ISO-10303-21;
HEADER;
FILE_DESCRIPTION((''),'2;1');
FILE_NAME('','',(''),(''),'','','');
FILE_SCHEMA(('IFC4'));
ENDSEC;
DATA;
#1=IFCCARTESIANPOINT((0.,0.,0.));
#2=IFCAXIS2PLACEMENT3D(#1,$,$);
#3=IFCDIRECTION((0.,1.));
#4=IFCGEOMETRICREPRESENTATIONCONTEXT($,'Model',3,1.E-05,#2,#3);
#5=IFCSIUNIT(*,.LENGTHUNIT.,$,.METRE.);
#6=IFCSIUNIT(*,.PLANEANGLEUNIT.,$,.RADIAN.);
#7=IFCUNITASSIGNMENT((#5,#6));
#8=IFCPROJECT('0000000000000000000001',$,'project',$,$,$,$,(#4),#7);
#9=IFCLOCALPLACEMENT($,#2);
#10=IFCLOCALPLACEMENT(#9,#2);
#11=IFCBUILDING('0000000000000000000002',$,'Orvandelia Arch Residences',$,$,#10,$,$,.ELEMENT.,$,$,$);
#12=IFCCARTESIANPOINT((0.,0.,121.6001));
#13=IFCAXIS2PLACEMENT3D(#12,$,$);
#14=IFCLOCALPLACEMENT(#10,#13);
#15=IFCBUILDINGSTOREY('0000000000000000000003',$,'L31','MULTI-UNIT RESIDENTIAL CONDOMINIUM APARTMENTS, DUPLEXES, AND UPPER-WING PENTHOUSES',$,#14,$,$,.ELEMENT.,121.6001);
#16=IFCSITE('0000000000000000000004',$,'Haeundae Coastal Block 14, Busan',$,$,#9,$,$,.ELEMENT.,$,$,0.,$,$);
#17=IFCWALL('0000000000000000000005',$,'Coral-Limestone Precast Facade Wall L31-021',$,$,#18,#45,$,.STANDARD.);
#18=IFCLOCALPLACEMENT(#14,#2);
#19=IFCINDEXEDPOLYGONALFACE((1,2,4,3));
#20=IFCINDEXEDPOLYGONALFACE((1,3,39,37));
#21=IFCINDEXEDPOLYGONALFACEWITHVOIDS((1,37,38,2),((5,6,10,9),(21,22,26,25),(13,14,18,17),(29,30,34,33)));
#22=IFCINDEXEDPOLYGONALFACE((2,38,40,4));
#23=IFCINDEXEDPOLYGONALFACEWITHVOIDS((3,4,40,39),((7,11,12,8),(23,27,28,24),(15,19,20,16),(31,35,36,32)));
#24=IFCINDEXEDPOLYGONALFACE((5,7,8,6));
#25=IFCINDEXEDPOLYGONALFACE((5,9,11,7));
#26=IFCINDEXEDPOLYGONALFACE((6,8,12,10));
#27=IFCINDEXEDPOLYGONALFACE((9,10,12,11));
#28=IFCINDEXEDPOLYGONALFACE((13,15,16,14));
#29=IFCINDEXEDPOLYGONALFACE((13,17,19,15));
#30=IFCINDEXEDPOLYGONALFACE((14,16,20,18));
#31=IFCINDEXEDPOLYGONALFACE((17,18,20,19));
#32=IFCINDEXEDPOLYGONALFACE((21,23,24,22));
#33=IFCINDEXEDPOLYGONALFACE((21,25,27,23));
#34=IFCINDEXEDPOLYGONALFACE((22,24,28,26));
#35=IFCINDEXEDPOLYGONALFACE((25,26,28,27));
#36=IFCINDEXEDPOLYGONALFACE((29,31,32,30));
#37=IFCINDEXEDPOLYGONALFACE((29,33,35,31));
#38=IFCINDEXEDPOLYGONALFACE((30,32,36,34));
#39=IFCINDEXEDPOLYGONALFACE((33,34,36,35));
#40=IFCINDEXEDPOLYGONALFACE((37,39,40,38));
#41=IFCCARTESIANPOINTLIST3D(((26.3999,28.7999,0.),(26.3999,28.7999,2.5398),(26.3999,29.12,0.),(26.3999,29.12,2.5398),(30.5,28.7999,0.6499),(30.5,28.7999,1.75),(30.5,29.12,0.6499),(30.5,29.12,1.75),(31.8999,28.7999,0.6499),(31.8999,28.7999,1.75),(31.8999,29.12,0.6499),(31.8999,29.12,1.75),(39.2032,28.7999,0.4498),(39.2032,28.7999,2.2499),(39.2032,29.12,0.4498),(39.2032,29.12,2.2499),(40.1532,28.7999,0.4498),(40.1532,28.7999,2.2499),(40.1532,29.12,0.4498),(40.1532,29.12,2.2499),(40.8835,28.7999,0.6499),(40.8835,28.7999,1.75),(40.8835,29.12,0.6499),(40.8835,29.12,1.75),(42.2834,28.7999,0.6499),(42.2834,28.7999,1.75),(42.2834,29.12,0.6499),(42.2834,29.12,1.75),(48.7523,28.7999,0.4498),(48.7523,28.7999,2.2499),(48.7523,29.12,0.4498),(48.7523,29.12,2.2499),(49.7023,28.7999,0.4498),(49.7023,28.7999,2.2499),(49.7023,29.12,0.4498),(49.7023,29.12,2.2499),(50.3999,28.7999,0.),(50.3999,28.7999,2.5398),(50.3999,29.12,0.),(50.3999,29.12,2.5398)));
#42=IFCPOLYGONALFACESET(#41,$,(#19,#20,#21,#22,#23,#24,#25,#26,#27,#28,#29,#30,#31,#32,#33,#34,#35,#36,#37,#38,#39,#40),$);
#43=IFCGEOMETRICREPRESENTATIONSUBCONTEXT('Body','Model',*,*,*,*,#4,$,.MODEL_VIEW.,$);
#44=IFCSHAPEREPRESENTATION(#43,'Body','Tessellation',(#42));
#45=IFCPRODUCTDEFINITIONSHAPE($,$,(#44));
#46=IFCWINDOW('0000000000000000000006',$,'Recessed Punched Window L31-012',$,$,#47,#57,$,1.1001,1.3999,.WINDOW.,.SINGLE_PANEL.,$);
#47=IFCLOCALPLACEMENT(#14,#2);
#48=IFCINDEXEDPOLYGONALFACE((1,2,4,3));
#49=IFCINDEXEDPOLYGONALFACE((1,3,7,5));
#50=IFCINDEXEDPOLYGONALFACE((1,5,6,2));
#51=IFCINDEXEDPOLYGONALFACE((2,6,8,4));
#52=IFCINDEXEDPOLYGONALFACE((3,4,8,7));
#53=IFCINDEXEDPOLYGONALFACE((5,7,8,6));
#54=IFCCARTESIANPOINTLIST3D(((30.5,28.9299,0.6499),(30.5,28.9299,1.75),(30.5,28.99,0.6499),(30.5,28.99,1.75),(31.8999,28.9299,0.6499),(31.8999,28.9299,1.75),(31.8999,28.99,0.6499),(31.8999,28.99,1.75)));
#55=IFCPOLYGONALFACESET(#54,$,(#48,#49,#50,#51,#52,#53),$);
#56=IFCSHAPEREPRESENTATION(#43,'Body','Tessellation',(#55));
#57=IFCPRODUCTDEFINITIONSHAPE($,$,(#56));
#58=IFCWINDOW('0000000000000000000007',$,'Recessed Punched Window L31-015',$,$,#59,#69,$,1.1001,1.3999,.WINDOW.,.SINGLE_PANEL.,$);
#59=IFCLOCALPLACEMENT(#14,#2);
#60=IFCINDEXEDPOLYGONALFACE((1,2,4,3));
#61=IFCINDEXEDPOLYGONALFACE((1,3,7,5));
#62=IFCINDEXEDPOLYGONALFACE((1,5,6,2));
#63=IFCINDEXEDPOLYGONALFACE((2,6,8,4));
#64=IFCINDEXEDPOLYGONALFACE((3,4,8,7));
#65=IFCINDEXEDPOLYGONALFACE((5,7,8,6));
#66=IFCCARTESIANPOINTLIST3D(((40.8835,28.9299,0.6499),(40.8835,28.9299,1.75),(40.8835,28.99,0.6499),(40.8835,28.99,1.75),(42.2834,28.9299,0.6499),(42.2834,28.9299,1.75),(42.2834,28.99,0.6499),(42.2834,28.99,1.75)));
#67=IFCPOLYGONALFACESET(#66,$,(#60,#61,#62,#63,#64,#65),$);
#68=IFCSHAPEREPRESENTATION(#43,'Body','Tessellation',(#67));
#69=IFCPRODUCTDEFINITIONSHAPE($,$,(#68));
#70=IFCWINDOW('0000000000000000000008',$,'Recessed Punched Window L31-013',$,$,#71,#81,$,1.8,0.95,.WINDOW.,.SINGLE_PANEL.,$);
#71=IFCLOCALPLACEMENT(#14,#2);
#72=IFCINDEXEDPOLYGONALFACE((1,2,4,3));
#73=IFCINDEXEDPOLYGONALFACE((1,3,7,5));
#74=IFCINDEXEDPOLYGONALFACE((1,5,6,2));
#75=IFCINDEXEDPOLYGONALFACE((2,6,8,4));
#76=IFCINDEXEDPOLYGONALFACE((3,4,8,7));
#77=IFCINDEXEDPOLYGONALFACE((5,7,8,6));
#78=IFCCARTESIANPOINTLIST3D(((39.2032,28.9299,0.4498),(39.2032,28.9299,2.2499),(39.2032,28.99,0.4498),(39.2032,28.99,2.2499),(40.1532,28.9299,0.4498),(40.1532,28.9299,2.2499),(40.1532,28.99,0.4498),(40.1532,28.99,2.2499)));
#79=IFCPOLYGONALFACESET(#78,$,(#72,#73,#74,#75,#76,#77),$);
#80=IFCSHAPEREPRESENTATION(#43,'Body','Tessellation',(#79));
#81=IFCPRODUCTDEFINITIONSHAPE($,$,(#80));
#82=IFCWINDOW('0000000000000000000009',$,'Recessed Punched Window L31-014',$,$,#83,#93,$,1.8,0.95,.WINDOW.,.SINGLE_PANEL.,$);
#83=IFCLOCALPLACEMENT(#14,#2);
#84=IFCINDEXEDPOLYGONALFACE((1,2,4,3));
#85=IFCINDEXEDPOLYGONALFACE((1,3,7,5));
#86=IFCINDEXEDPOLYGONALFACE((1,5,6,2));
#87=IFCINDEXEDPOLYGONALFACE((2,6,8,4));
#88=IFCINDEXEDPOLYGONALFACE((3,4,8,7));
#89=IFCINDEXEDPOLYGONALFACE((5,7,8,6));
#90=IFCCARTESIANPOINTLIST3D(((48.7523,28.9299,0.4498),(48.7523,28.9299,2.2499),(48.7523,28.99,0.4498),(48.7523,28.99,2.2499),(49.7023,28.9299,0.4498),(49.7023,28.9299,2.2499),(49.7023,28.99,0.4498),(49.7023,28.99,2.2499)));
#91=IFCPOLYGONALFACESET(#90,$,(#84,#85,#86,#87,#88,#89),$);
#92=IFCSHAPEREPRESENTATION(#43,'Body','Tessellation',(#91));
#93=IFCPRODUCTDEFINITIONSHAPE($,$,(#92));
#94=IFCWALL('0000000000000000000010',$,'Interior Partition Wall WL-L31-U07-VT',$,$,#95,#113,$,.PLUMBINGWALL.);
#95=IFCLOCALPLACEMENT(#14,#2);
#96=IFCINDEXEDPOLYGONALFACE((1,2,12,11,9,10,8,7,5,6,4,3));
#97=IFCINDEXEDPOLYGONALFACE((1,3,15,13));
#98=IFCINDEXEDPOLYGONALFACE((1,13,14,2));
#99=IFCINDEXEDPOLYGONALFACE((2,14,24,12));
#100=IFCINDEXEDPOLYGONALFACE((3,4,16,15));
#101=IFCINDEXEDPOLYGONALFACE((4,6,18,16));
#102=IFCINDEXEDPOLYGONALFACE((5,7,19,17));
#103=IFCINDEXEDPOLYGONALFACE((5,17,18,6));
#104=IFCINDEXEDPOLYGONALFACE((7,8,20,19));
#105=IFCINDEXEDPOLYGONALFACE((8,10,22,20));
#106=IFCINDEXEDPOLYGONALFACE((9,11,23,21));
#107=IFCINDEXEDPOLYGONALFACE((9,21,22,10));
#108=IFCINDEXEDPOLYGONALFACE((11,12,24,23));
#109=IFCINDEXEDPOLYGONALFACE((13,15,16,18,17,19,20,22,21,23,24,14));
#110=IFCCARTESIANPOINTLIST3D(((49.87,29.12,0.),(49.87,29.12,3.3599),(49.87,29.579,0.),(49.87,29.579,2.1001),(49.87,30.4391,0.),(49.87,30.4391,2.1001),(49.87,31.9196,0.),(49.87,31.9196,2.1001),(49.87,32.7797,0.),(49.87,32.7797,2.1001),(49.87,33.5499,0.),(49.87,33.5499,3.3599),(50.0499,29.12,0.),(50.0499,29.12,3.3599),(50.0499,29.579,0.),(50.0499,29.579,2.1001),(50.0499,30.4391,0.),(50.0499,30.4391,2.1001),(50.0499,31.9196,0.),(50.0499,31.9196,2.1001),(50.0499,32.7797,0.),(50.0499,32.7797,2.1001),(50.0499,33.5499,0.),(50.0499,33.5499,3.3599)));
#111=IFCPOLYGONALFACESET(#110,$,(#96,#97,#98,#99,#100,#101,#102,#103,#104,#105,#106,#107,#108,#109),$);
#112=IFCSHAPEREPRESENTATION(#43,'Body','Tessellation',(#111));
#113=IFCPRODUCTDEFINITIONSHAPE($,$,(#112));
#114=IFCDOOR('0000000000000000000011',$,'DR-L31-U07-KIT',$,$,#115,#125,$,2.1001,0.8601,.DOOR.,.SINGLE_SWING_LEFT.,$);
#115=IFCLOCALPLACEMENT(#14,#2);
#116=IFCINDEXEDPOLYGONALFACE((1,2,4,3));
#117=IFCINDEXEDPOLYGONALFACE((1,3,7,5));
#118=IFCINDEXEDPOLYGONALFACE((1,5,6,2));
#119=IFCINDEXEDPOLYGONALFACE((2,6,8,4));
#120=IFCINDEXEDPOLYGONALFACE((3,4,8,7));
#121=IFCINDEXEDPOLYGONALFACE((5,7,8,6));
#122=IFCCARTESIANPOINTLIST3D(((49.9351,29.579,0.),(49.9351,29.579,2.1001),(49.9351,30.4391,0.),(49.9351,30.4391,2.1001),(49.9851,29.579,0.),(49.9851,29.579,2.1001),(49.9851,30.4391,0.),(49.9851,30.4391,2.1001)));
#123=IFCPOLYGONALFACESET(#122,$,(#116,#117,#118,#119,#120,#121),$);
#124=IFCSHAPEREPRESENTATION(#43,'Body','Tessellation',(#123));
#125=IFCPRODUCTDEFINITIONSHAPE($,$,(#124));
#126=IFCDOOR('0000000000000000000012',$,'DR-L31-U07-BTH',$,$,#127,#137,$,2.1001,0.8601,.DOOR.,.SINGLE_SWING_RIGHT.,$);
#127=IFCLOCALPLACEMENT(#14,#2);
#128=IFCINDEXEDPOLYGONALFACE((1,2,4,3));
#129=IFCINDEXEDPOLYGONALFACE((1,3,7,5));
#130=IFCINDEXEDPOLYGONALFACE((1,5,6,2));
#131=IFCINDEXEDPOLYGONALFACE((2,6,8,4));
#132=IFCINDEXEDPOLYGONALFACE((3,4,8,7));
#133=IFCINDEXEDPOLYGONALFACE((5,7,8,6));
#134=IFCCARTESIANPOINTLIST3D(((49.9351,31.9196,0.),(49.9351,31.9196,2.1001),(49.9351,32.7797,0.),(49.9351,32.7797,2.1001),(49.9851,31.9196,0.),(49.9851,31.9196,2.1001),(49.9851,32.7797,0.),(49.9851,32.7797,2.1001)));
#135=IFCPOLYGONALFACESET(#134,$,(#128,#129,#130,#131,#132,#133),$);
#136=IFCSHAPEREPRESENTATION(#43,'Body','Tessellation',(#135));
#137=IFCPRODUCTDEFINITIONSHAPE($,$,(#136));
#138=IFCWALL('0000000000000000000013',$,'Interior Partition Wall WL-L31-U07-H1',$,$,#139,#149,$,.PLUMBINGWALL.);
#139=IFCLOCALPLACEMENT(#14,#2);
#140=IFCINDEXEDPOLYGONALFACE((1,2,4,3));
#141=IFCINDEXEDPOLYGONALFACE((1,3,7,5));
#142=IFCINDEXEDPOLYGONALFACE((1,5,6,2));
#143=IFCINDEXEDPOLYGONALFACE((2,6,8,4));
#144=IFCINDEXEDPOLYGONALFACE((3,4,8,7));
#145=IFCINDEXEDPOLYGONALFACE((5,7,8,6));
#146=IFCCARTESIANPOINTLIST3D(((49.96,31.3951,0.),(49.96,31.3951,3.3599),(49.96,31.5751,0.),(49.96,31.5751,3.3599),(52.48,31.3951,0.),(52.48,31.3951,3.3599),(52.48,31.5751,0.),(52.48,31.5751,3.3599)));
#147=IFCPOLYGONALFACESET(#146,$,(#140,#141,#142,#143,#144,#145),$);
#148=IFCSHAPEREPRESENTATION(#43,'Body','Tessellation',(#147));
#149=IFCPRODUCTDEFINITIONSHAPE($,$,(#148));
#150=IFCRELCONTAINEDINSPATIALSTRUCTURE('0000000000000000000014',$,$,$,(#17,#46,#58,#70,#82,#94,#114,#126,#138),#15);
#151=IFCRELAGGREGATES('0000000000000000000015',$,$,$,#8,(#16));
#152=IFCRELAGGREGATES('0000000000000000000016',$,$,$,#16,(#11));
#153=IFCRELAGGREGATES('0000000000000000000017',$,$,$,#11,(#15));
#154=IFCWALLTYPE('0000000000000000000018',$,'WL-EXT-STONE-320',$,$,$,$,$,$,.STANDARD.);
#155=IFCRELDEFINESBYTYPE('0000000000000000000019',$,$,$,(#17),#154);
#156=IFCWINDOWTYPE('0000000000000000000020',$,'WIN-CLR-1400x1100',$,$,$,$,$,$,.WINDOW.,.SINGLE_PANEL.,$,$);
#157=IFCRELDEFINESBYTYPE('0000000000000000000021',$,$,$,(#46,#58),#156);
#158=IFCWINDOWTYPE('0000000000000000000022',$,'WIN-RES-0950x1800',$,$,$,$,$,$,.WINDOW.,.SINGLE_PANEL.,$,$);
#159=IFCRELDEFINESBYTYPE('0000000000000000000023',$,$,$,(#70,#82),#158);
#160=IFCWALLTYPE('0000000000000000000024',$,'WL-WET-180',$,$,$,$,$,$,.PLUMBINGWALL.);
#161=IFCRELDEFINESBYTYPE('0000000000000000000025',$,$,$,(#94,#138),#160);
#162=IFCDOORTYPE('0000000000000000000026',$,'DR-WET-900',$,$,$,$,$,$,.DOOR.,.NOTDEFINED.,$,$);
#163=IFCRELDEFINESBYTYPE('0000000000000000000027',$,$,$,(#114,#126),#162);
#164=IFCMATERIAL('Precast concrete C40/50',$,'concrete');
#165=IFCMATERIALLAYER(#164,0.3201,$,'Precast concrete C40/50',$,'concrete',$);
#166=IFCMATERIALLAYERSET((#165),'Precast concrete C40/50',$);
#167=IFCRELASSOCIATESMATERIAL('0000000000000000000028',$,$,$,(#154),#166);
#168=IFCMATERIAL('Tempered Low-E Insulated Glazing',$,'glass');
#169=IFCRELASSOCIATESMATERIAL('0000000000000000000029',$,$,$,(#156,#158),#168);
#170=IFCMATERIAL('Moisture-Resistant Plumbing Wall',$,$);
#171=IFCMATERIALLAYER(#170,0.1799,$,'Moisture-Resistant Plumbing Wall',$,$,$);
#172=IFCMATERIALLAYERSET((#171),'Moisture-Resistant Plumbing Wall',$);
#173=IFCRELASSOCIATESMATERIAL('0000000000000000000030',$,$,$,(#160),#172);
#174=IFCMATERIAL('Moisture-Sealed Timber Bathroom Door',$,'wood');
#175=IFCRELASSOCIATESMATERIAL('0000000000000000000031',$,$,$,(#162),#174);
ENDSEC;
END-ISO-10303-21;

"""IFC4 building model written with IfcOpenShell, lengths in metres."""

from ifc_helpers import new_model, si_unit, direction, frame, frame_2d, origin, place, context, subcontext, project, spatial, rectangle, extrude, material, layer, layer_set, type_object, element, fill, save


model = new_model("IFC4")

# Units and contexts
model_context = context("Model", 3, precision=1e-05, world=origin(), true_north=direction((0.0, 1.0)))
body_context = subcontext(model_context, "Body", "Model", "MODEL_VIEW")
ifc_project = project(units=[si_unit("LENGTHUNIT", "METRE"), si_unit("PLANEANGLEUNIT", "RADIAN")], contexts=[model_context])

# Site, building, storey
site_placement = place(None, origin())
site = spatial("IfcSite", under=ifc_project, at=site_placement, Name="Haeundae Coastal Block 14, Busan", CompositionType="ELEMENT", RefElevation=0.0)
building_placement = place(site_placement, origin())
building = spatial("IfcBuilding", under=site, at=building_placement, Name="Orvandelia Arch Residences", CompositionType="ELEMENT")
storey_placement = place(building_placement, frame((0.0, 0.0, 121.6001)))
storey = spatial("IfcBuildingStorey", under=building, at=storey_placement, Name="L31", Description="MULTI-UNIT RESIDENTIAL CONDOMINIUM APARTMENTS, DUPLEXES, AND UPPER-WING PENTHOUSES", CompositionType="ELEMENT", Elevation=121.6001)

# Shared definitions
ifc_material_1 = material(Name="Precast concrete C40/50", Category="concrete")
ifc_layer_1 = layer(ifc_material_1, 0.3201, Name="Precast concrete C40/50", Category="concrete")
ifc_layer_set_1 = layer_set([ifc_layer_1], Name="Precast concrete C40/50")
wall_type_1 = type_object("IfcWallType", Name="WL-EXT-STONE-320", PredefinedType="STANDARD", material=ifc_layer_set_1)

# Wall, openings, windows
wall_1_placement = place(storey_placement, frame((50.3999, 28.96, 0.0), z_axis=(0.0, 0.0, 1.0), x_axis=(-1.0, 0.0, 0.0)))
wall_1 = element("IfcWall", 1, at=wall_1_placement, inside=storey, type_object=wall_type_1, Name="Coral-Limestone Precast Facade Wall L31-021", PredefinedType="STANDARD", context=body_context, shape_type="SweptSolid", body=[
    extrude(rectangle(XDim=24.0, YDim=0.3201, at=frame_2d((12.0, 0.0))), origin(), (0.0, 0.0, 1.0), 2.5398),
])
opening_1_placement = place(wall_1_placement, frame((18.5, 0.0, 0.6499)))
opening_1 = element("IfcOpeningElement", 2, at=opening_1_placement, cuts=wall_1, PredefinedType="OPENING", context=body_context, shape_type="SweptSolid", body=[
    extrude(rectangle(XDim=1.3999, YDim=1.1001, at=frame_2d((0.7, 0.55))), frame((0.0, 0.1699, 0.0), z_axis=(0.0, -1.0, 0.0), x_axis=(1.0, 0.0, 0.0)), (0.0, 0.0, 1.0), 0.3401),
])
opening_2_placement = place(wall_1_placement, frame((10.2466, 0.0, 0.45)))
opening_2 = element("IfcOpeningElement", 3, at=opening_2_placement, cuts=wall_1, PredefinedType="OPENING", context=body_context, shape_type="SweptSolid", body=[
    extrude(rectangle(XDim=0.95, YDim=1.8, at=frame_2d((0.4751, 0.8999))), frame((0.0, 0.1699, 0.0), z_axis=(0.0, -1.0, 0.0), x_axis=(1.0, 0.0, 0.0)), (0.0, 0.0, 1.0), 0.3401),
])
opening_3_placement = place(wall_1_placement, frame((0.6975, 0.0, 0.45)))
opening_3 = element("IfcOpeningElement", 4, at=opening_3_placement, cuts=wall_1, PredefinedType="OPENING", context=body_context, shape_type="SweptSolid", body=[
    extrude(rectangle(XDim=0.95, YDim=1.8, at=frame_2d((0.4751, 0.8999))), frame((0.0, 0.1699, 0.0), z_axis=(0.0, -1.0, 0.0), x_axis=(1.0, 0.0, 0.0)), (0.0, 0.0, 1.0), 0.3401),
])
opening_4_placement = place(wall_1_placement, frame((8.1165, 0.0, 0.6499)))
opening_4 = element("IfcOpeningElement", 5, at=opening_4_placement, cuts=wall_1, PredefinedType="OPENING", context=body_context, shape_type="SweptSolid", body=[
    extrude(rectangle(XDim=1.3999, YDim=1.1001, at=frame_2d((0.7, 0.55))), frame((0.0, 0.1699, 0.0), z_axis=(0.0, -1.0, 0.0), x_axis=(1.0, 0.0, 0.0)), (0.0, 0.0, 1.0), 0.3401),
])
ifc_material_2 = material(Name="Tempered Low-E Insulated Glazing", Category="glass")
window_type_1 = type_object("IfcWindowType", Name="WIN-CLR-1400x1100", PartitioningType="SINGLE_PANEL", PredefinedType="WINDOW", material=ifc_material_2)
window_1_placement = place(opening_1_placement, origin())
window_1 = element("IfcWindow", 6, at=window_1_placement, inside=storey, type_object=window_type_1, Name="Recessed Punched Window L31-012", OverallHeight=1.1001, OverallWidth=1.3999, PartitioningType="SINGLE_PANEL", PredefinedType="WINDOW", context=body_context, shape_type="SweptSolid", body=[
    extrude(rectangle(XDim=1.3999, YDim=1.1001, at=frame_2d((0.7, 0.55))), frame((0.0, 0.03, 0.0), z_axis=(0.0, -1.0, 0.0), x_axis=(1.0, 0.0, 0.0)), (0.0, 0.0, 1.0), 0.0601),
])
fill(opening_1, window_1)
window_2_placement = place(opening_4_placement, origin())
window_2 = element("IfcWindow", 7, at=window_2_placement, inside=storey, type_object=window_type_1, Name="Recessed Punched Window L31-015", OverallHeight=1.1001, OverallWidth=1.3999, PartitioningType="SINGLE_PANEL", PredefinedType="WINDOW", context=body_context, shape_type="SweptSolid", body=[
    extrude(rectangle(XDim=1.3999, YDim=1.1001, at=frame_2d((0.7, 0.55))), frame((0.0, 0.03, 0.0), z_axis=(0.0, -1.0, 0.0), x_axis=(1.0, 0.0, 0.0)), (0.0, 0.0, 1.0), 0.0601),
])
fill(opening_4, window_2)
window_type_2 = type_object("IfcWindowType", Name="WIN-RES-0950x1800", PartitioningType="SINGLE_PANEL", PredefinedType="WINDOW", material=ifc_material_2)
window_3_placement = place(opening_2_placement, origin())
window_3 = element("IfcWindow", 8, at=window_3_placement, inside=storey, type_object=window_type_2, Name="Recessed Punched Window L31-013", OverallHeight=1.8, OverallWidth=0.95, PartitioningType="SINGLE_PANEL", PredefinedType="WINDOW", context=body_context, shape_type="SweptSolid", body=[
    extrude(rectangle(XDim=0.95, YDim=1.8, at=frame_2d((0.4751, 0.8999))), frame((0.0, 0.03, 0.0), z_axis=(0.0, -1.0, 0.0), x_axis=(1.0, 0.0, 0.0)), (0.0, 0.0, 1.0), 0.0601),
])
fill(opening_2, window_3)
window_4_placement = place(opening_3_placement, origin())
window_4 = element("IfcWindow", 9, at=window_4_placement, inside=storey, type_object=window_type_2, Name="Recessed Punched Window L31-014", OverallHeight=1.8, OverallWidth=0.95, PartitioningType="SINGLE_PANEL", PredefinedType="WINDOW", context=body_context, shape_type="SweptSolid", body=[
    extrude(rectangle(XDim=0.95, YDim=1.8, at=frame_2d((0.4751, 0.8999))), frame((0.0, 0.03, 0.0), z_axis=(0.0, -1.0, 0.0), x_axis=(1.0, 0.0, 0.0)), (0.0, 0.0, 1.0), 0.0601),
])
fill(opening_3, window_4)

# Wall, openings, doors
ifc_material_3 = material(Name="Moisture-Resistant Plumbing Wall")
ifc_layer_2 = layer(ifc_material_3, 0.1799, Name="Moisture-Resistant Plumbing Wall")
ifc_layer_set_2 = layer_set([ifc_layer_2], Name="Moisture-Resistant Plumbing Wall")
wall_type_2 = type_object("IfcWallType", Name="WL-WET-180", PredefinedType="PLUMBINGWALL", material=ifc_layer_set_2)
wall_2_placement = place(storey_placement, frame((49.96, 29.1201, 0.0), z_axis=(0.0, 0.0, 1.0), x_axis=(0.0, 1.0, 0.0)))
wall_2 = element("IfcWall", 10, at=wall_2_placement, inside=storey, type_object=wall_type_2, Name="Interior Partition Wall WL-L31-U07-VT", PredefinedType="PLUMBINGWALL", context=body_context, shape_type="SweptSolid", body=[
    extrude(rectangle(XDim=4.4299, YDim=0.1799, at=frame_2d((2.2148, 0.0))), origin(), (0.0, 0.0, 1.0), 3.3599),
])
opening_5_placement = place(wall_2_placement, frame((0.4587, 0.0, 0.0)))
opening_5 = element("IfcOpeningElement", 11, at=opening_5_placement, cuts=wall_2, PredefinedType="OPENING", context=body_context, shape_type="SweptSolid", body=[
    extrude(rectangle(XDim=0.8601, YDim=2.1001, at=frame_2d((0.4302, 1.05))), frame((0.0, 0.1001, 0.0), z_axis=(0.0, -1.0, 0.0), x_axis=(1.0, 0.0, 0.0)), (0.0, 0.0, 1.0), 0.2),
])
opening_6_placement = place(wall_2_placement, frame((2.7993, 0.0, 0.0)))
opening_6 = element("IfcOpeningElement", 12, at=opening_6_placement, cuts=wall_2, PredefinedType="OPENING", context=body_context, shape_type="SweptSolid", body=[
    extrude(rectangle(XDim=0.8601, YDim=2.1001, at=frame_2d((0.4302, 1.05))), frame((0.0, 0.1001, 0.0), z_axis=(0.0, -1.0, 0.0), x_axis=(1.0, 0.0, 0.0)), (0.0, 0.0, 1.0), 0.2),
])
ifc_material_4 = material(Name="Moisture-Sealed Timber Bathroom Door", Category="wood")
door_type = type_object("IfcDoorType", Name="DR-WET-900", OperationType="NOTDEFINED", PredefinedType="DOOR", material=ifc_material_4)
door_1_placement = place(opening_5_placement, origin())
door_1 = element("IfcDoor", 13, at=door_1_placement, inside=storey, type_object=door_type, Name="DR-L31-U07-KIT", OperationType="SINGLE_SWING_LEFT", OverallHeight=2.1001, OverallWidth=0.8601, PredefinedType="DOOR", context=body_context, shape_type="SweptSolid", body=[
    extrude(rectangle(XDim=0.8601, YDim=2.1001, at=frame_2d((0.4302, 1.05))), frame((0.0, 0.0249, 0.0), z_axis=(0.0, -1.0, 0.0), x_axis=(1.0, 0.0, 0.0)), (0.0, 0.0, 1.0), 0.05),
])
fill(opening_5, door_1)
door_2_placement = place(opening_6_placement, origin())
door_2 = element("IfcDoor", 14, at=door_2_placement, inside=storey, type_object=door_type, Name="DR-L31-U07-BTH", OperationType="SINGLE_SWING_RIGHT", OverallHeight=2.1001, OverallWidth=0.8601, PredefinedType="DOOR", context=body_context, shape_type="SweptSolid", body=[
    extrude(rectangle(XDim=0.8601, YDim=2.1001, at=frame_2d((0.4302, 1.05))), frame((0.0, 0.0249, 0.0), z_axis=(0.0, -1.0, 0.0), x_axis=(1.0, 0.0, 0.0)), (0.0, 0.0, 1.0), 0.05),
])
fill(opening_6, door_2)

# Wall
wall_3_placement = place(storey_placement, frame((49.96, 31.4851, 0.0), z_axis=(0.0, 0.0, 1.0), x_axis=(1.0, 0.0, 0.0)))
element("IfcWall", 15, at=wall_3_placement, inside=storey, type_object=wall_type_2, Name="Interior Partition Wall WL-L31-U07-H1", PredefinedType="PLUMBINGWALL", context=body_context, shape_type="SweptSolid", body=[
    extrude(rectangle(XDim=2.52, YDim=0.1799, at=frame_2d((1.26, 0.0))), origin(), (0.0, 0.0, 1.0), 3.3599),
])

save(model, "model.ifc")
